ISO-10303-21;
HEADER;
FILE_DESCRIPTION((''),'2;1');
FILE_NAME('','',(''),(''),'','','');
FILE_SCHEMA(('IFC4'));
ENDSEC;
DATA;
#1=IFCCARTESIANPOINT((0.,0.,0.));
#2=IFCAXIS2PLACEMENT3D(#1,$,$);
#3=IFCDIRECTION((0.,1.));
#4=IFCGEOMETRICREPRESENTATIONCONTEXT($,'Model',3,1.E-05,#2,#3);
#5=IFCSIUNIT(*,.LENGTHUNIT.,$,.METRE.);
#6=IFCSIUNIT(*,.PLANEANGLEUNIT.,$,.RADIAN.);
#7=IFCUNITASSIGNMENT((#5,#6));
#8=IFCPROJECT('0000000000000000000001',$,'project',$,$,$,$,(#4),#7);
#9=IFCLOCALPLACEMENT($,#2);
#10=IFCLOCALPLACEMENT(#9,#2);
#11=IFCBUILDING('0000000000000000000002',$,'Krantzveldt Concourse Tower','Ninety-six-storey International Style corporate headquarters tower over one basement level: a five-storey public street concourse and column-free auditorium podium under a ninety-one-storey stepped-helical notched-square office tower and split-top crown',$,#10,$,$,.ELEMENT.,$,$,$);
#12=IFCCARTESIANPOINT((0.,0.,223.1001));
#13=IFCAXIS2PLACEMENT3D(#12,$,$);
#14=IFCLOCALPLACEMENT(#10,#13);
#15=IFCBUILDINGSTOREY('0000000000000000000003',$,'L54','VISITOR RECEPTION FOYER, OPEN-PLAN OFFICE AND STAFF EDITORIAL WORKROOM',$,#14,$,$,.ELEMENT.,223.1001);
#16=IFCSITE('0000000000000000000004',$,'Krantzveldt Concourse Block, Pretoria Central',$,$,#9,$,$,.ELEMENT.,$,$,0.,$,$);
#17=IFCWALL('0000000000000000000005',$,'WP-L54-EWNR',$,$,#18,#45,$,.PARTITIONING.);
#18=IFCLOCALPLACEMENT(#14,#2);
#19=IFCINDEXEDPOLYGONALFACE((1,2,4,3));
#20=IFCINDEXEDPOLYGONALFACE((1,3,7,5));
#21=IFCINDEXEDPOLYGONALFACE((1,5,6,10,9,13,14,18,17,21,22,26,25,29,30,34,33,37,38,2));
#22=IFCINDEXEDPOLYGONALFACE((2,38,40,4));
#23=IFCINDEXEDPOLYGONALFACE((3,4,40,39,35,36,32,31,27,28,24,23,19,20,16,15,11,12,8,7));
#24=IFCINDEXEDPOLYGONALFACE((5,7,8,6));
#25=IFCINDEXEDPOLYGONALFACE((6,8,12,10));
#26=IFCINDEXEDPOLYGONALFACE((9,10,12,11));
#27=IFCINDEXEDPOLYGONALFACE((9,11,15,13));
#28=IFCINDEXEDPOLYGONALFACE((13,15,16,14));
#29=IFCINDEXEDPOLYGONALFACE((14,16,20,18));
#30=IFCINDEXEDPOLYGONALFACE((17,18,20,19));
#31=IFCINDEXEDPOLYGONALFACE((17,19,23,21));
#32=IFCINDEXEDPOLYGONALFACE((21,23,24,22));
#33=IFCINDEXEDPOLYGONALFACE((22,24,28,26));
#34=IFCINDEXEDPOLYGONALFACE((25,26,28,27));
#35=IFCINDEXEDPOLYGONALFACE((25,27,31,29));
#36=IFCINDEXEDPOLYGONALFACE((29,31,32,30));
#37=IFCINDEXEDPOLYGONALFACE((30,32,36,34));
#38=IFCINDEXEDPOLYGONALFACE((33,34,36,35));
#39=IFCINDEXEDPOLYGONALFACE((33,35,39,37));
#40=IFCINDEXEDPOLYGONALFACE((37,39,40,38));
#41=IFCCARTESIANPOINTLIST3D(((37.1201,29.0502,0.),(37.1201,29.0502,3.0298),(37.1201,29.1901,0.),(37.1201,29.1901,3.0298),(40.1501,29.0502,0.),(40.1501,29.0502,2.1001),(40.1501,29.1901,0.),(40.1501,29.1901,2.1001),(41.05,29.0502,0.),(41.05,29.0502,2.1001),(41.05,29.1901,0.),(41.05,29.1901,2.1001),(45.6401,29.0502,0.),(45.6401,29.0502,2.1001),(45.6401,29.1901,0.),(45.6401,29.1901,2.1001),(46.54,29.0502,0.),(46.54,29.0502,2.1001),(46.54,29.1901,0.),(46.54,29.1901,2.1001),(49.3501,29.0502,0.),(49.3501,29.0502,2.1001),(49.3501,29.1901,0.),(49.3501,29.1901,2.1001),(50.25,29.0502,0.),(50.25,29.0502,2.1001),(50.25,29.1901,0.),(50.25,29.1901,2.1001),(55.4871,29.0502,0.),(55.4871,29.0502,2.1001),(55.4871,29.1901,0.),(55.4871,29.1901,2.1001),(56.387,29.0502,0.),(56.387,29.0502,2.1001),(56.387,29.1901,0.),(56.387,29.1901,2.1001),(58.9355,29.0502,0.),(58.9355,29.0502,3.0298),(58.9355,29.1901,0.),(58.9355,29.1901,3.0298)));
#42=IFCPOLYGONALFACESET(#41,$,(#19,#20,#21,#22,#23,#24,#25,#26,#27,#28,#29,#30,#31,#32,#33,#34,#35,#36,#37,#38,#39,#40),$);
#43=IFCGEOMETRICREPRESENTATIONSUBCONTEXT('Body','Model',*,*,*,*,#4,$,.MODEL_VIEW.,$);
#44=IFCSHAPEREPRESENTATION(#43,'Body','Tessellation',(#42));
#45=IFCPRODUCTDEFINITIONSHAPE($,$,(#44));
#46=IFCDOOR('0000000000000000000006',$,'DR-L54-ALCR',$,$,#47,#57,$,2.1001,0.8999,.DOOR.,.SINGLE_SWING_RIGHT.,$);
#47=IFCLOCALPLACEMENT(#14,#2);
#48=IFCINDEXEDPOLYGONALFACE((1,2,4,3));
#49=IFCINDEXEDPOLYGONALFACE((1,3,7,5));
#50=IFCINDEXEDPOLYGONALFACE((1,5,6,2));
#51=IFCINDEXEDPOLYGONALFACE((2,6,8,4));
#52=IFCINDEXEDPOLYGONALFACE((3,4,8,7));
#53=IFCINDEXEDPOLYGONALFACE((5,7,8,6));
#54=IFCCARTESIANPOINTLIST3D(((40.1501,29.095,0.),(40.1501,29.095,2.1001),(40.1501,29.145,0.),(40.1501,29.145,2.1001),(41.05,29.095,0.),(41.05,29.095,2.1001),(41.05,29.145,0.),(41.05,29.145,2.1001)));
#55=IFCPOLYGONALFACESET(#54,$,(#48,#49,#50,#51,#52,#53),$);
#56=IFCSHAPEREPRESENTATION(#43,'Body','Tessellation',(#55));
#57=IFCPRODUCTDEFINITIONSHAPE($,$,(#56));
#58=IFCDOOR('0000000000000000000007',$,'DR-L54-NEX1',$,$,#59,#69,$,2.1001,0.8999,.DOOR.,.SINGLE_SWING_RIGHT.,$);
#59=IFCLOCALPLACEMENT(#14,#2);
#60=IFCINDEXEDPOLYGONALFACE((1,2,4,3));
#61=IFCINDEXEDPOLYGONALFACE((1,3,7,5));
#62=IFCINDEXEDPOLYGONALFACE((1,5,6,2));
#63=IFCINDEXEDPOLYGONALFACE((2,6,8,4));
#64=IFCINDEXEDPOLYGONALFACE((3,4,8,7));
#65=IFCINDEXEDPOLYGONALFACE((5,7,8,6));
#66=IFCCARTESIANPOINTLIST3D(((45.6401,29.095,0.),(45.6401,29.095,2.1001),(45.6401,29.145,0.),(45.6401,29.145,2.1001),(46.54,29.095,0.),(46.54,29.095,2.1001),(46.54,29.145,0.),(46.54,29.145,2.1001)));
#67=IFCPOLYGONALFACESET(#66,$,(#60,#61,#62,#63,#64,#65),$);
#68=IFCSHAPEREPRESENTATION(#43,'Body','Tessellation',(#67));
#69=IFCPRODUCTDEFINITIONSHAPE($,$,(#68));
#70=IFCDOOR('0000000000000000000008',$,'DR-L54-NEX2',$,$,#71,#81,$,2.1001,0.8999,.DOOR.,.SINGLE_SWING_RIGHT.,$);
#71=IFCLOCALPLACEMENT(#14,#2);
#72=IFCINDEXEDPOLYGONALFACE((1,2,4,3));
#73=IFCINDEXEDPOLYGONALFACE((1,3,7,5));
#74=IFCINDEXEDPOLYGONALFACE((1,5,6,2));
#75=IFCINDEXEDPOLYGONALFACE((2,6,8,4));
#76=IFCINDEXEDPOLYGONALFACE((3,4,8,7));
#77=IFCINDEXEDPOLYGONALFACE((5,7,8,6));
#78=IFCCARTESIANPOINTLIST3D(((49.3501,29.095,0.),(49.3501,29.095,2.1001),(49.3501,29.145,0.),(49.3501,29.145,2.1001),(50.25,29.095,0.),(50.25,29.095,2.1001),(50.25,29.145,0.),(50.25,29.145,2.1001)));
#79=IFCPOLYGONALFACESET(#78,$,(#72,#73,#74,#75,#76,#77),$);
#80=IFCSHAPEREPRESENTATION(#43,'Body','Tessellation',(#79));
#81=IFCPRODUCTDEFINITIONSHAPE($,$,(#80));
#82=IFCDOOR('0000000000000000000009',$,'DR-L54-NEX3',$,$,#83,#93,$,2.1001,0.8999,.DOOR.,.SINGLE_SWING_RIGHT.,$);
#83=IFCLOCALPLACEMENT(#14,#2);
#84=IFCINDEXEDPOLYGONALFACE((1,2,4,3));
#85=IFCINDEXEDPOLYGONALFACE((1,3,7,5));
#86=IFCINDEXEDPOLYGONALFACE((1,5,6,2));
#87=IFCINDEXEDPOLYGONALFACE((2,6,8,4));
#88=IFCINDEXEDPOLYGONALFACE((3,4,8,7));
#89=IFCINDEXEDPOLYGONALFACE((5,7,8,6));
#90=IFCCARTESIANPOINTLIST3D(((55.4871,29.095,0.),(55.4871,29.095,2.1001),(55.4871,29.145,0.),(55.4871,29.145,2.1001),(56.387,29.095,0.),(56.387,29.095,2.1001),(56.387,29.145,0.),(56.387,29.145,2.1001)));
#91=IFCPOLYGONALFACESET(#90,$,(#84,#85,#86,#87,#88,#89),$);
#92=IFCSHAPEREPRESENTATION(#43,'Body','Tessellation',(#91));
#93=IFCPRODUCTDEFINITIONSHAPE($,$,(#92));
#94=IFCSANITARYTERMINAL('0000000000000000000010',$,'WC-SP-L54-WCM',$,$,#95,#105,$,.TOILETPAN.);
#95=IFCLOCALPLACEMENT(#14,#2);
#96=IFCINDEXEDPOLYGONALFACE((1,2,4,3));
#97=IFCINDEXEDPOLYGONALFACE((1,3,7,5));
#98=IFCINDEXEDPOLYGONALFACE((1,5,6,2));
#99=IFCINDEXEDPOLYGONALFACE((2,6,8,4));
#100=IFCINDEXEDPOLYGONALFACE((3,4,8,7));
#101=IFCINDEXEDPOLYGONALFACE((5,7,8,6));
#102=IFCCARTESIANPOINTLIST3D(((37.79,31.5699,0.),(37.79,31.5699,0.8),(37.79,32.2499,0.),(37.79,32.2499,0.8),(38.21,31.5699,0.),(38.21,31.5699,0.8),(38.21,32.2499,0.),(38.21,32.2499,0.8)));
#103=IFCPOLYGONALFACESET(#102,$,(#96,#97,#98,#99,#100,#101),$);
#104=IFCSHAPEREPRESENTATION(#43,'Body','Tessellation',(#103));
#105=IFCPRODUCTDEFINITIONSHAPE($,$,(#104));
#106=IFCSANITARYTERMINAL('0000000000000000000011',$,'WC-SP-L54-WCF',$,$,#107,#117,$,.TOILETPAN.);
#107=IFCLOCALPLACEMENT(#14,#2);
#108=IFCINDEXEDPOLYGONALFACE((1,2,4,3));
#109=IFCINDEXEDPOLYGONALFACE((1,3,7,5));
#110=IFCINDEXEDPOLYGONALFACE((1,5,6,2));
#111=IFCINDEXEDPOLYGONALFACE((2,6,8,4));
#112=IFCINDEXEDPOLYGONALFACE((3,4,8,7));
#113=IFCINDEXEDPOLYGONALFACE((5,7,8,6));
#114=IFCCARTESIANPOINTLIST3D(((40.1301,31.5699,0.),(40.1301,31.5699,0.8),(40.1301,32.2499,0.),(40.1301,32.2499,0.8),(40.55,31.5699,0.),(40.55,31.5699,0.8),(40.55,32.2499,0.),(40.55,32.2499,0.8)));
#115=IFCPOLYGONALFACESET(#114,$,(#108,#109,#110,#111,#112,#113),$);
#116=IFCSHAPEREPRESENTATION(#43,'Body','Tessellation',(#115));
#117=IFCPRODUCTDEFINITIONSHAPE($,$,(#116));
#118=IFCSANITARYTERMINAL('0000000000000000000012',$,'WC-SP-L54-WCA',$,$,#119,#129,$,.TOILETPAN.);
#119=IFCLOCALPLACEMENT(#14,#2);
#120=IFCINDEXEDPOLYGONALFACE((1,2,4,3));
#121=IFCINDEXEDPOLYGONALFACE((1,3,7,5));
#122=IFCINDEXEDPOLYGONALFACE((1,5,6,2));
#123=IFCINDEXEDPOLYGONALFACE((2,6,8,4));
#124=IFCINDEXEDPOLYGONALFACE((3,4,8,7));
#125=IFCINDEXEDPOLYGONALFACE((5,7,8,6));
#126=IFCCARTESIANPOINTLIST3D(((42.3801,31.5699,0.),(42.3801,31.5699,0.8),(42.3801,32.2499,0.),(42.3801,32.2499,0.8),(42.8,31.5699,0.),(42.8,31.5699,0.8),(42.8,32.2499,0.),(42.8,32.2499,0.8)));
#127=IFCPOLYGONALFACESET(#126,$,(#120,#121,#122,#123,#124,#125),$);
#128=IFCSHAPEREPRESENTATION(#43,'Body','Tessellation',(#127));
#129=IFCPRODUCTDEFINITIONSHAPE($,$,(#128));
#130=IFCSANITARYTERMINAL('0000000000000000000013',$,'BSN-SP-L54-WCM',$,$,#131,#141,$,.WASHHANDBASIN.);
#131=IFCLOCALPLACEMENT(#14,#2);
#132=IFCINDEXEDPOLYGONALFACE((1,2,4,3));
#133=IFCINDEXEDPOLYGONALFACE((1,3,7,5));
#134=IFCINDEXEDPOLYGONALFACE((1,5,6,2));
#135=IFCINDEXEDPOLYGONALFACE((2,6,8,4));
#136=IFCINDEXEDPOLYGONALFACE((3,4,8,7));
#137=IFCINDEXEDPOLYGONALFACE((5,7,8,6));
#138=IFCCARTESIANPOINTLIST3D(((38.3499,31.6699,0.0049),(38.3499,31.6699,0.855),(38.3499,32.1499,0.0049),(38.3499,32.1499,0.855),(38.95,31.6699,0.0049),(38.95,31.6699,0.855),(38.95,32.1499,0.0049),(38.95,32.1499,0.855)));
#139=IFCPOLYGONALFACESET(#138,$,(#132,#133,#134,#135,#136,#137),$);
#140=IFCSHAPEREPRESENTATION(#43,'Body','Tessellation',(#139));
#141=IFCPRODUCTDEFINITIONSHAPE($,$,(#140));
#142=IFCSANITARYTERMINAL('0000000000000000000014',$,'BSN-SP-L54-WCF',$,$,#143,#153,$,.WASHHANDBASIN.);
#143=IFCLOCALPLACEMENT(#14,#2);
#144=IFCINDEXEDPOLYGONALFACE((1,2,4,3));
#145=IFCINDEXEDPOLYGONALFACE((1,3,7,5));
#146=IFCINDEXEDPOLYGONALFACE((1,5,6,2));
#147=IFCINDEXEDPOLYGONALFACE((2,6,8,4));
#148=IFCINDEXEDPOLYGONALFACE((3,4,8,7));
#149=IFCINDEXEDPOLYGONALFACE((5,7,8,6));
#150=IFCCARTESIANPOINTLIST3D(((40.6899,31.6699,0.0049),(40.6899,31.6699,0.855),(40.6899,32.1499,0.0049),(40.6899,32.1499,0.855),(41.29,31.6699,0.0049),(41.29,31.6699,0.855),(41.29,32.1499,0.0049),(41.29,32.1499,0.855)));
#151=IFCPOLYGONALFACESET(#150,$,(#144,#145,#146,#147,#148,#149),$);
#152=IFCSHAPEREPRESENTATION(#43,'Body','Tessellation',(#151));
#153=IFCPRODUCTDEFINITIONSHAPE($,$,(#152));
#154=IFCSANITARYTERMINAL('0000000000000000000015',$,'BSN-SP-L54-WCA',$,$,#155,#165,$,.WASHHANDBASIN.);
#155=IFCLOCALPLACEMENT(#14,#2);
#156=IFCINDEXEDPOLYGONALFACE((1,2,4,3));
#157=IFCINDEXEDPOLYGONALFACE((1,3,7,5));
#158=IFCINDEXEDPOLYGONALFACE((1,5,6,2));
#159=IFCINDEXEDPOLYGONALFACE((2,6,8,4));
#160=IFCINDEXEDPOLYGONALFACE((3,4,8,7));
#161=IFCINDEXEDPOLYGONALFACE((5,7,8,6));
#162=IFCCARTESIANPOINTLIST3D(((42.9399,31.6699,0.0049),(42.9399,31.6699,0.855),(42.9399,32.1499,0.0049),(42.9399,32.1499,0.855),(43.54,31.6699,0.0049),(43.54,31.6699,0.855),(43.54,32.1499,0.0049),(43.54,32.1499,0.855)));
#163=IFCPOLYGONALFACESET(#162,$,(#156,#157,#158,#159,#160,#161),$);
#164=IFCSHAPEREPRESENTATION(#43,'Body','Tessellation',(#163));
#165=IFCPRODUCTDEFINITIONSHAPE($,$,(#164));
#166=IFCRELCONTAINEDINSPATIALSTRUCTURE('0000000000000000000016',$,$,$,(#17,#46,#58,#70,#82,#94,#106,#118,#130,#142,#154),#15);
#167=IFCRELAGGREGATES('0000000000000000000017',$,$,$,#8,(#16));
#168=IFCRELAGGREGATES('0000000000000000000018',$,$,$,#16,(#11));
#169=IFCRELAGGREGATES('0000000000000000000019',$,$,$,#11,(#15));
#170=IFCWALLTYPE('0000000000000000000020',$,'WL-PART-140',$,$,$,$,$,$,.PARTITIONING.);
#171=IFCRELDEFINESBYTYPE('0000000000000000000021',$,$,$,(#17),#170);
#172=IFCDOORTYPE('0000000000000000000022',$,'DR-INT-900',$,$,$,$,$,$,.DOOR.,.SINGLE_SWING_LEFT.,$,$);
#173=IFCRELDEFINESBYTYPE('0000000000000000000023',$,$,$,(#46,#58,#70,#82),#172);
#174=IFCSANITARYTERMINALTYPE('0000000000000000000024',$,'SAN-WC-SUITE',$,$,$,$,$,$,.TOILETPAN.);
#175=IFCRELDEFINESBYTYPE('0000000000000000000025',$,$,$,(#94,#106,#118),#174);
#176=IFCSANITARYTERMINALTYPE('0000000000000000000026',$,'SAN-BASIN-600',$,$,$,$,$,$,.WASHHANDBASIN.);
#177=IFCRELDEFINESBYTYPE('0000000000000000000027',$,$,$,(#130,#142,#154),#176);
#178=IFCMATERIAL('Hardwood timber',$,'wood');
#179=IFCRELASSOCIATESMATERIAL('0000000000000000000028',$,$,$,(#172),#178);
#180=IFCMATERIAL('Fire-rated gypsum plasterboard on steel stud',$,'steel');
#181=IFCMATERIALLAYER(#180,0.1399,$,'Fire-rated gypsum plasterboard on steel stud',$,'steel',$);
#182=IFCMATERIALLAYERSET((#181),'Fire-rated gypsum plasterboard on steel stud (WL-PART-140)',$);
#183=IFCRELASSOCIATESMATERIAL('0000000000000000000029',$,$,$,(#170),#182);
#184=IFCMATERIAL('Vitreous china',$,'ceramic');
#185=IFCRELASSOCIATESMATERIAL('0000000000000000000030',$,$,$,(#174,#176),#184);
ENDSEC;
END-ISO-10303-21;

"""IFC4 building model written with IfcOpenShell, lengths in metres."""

from ifc_helpers import new_model, si_unit, direction, frame, frame_2d, origin, origin_2d, place, context, subcontext, project, spatial, rectangle, extrude, source, transform, mapped, material, layer, layer_set, type_object, type_shapes, element, fill, save


model = new_model("IFC4")

# Units and contexts
model_context = context("Model", 3, precision=1e-05, world=origin(), true_north=direction((0.0, 1.0)))
body_context = subcontext(model_context, "Body", "Model", "MODEL_VIEW")
ifc_project = project(units=[si_unit("LENGTHUNIT", "METRE"), si_unit("PLANEANGLEUNIT", "RADIAN")], contexts=[model_context])

# Site, building, storey
site_placement = place(None, origin())
site = spatial("IfcSite", under=ifc_project, at=site_placement, Name="Krantzveldt Concourse Block, Pretoria Central", CompositionType="ELEMENT", RefElevation=0.0)
building_placement = place(site_placement, origin())
building = spatial("IfcBuilding", under=site, at=building_placement, Name="Krantzveldt Concourse Tower", Description="Ninety-six-storey International Style corporate headquarters tower over one basement level: a five-storey public street concourse and column-free auditorium podium under a ninety-one-storey stepped-helical notched-square office tower and split-top crown", CompositionType="ELEMENT")
storey_placement = place(building_placement, frame((0.0, 0.0, 223.1001)))
storey = spatial("IfcBuildingStorey", under=building, at=storey_placement, Name="L54", Description="VISITOR RECEPTION FOYER, OPEN-PLAN OFFICE AND STAFF EDITORIAL WORKROOM", CompositionType="ELEMENT", Elevation=223.1001)

# Shared definitions
ifc_material_1 = material(Name="Fire-rated gypsum plasterboard on steel stud", Category="steel")

# Shared definitions
ifc_material_2 = material(Name="Hardwood timber", Category="wood")
door_type_1 = type_object("IfcDoorType", Name="DR-INT-900", OperationType="SINGLE_SWING_LEFT", PredefinedType="DOOR", material=ifc_material_2)

# Wall, openings, doors
ifc_layer_1 = layer(ifc_material_1, 0.1399, Name="Fire-rated gypsum plasterboard on steel stud", Category="steel")
ifc_layer_set_1 = layer_set([ifc_layer_1], Name="Fire-rated gypsum plasterboard on steel stud (WL-PART-140)")
wall_type_1 = type_object("IfcWallType", Name="WL-PART-140", PredefinedType="PARTITIONING", material=ifc_layer_set_1)
wall_1_placement = place(storey_placement, frame((37.1201, 29.1201, 0.0), z_axis=(0.0, 0.0, 1.0), x_axis=(1.0, 0.0, 0.0)))
wall_1 = element("IfcWall", 1, at=wall_1_placement, inside=storey, type_object=wall_type_1, Name="WP-L54-EWNR", PredefinedType="PARTITIONING", context=body_context, shape_type="SweptSolid", body=[
    extrude(rectangle(XDim=21.8154, YDim=0.1399, at=frame_2d((10.9077, 0.0))), origin(), (0.0, 0.0, 1.0), 3.0298),
])
opening_1_placement = place(wall_1_placement, frame((3.03, 0.0, 0.0)))
opening_1 = element("IfcOpeningElement", 2, at=opening_1_placement, cuts=wall_1, PredefinedType="OPENING", context=body_context, shape_type="SweptSolid", body=[
    extrude(rectangle(XDim=0.8999, YDim=2.1001, at=frame_2d((0.45, 1.05))), frame((0.0, 0.0801, 0.0), z_axis=(0.0, -1.0, 0.0), x_axis=(1.0, 0.0, 0.0)), (0.0, 0.0, 1.0), 0.1599),
])
opening_2_placement = place(wall_1_placement, frame((8.52, 0.0, 0.0)))
opening_2 = element("IfcOpeningElement", 3, at=opening_2_placement, cuts=wall_1, PredefinedType="OPENING", context=body_context, shape_type="SweptSolid", body=[
    extrude(rectangle(XDim=0.8999, YDim=2.1001, at=frame_2d((0.45, 1.05))), frame((0.0, 0.0801, 0.0), z_axis=(0.0, -1.0, 0.0), x_axis=(1.0, 0.0, 0.0)), (0.0, 0.0, 1.0), 0.1599),
])
opening_3_placement = place(wall_1_placement, frame((12.23, 0.0, 0.0)))
opening_3 = element("IfcOpeningElement", 4, at=opening_3_placement, cuts=wall_1, PredefinedType="OPENING", context=body_context, shape_type="SweptSolid", body=[
    extrude(rectangle(XDim=0.8999, YDim=2.1001, at=frame_2d((0.45, 1.05))), frame((0.0, 0.0801, 0.0), z_axis=(0.0, -1.0, 0.0), x_axis=(1.0, 0.0, 0.0)), (0.0, 0.0, 1.0), 0.1599),
])
opening_4_placement = place(wall_1_placement, frame((18.3669, 0.0, 0.0)))
opening_4 = element("IfcOpeningElement", 5, at=opening_4_placement, cuts=wall_1, PredefinedType="OPENING", context=body_context, shape_type="SweptSolid", body=[
    extrude(rectangle(XDim=0.8999, YDim=2.1001, at=frame_2d((0.45, 1.05))), frame((0.0, 0.0801, 0.0), z_axis=(0.0, -1.0, 0.0), x_axis=(1.0, 0.0, 0.0)), (0.0, 0.0, 1.0), 0.1599),
])
door_1_placement = place(opening_1_placement, origin())
door_1 = element("IfcDoor", 6, at=door_1_placement, inside=storey, type_object=door_type_1, Name="DR-L54-ALCR", OperationType="SINGLE_SWING_RIGHT", OverallHeight=2.1001, OverallWidth=0.8999, PredefinedType="DOOR", context=body_context, shape_type="SweptSolid", body=[
    extrude(rectangle(XDim=0.8999, YDim=2.1001, at=frame_2d((0.45, 1.05))), frame((0.0, 0.0249, 0.0), z_axis=(0.0, -1.0, 0.0), x_axis=(1.0, 0.0, 0.0)), (0.0, 0.0, 1.0), 0.05),
])
fill(opening_1, door_1)
door_2_placement = place(opening_2_placement, origin())
door_2 = element("IfcDoor", 7, at=door_2_placement, inside=storey, type_object=door_type_1, Name="DR-L54-NEX1", OperationType="SINGLE_SWING_RIGHT", OverallHeight=2.1001, OverallWidth=0.8999, PredefinedType="DOOR", context=body_context, shape_type="SweptSolid", body=[
    extrude(rectangle(XDim=0.8999, YDim=2.1001, at=frame_2d((0.45, 1.05))), frame((0.0, 0.0249, 0.0), z_axis=(0.0, -1.0, 0.0), x_axis=(1.0, 0.0, 0.0)), (0.0, 0.0, 1.0), 0.05),
])
fill(opening_2, door_2)
door_3_placement = place(opening_3_placement, origin())
door_3 = element("IfcDoor", 8, at=door_3_placement, inside=storey, type_object=door_type_1, Name="DR-L54-NEX2", OperationType="SINGLE_SWING_RIGHT", OverallHeight=2.1001, OverallWidth=0.8999, PredefinedType="DOOR", context=body_context, shape_type="SweptSolid", body=[
    extrude(rectangle(XDim=0.8999, YDim=2.1001, at=frame_2d((0.45, 1.05))), frame((0.0, 0.0249, 0.0), z_axis=(0.0, -1.0, 0.0), x_axis=(1.0, 0.0, 0.0)), (0.0, 0.0, 1.0), 0.05),
])
fill(opening_3, door_3)
door_4_placement = place(opening_4_placement, origin())
door_4 = element("IfcDoor", 9, at=door_4_placement, inside=storey, type_object=door_type_1, Name="DR-L54-NEX3", OperationType="SINGLE_SWING_RIGHT", OverallHeight=2.1001, OverallWidth=0.8999, PredefinedType="DOOR", context=body_context, shape_type="SweptSolid", body=[
    extrude(rectangle(XDim=0.8999, YDim=2.1001, at=frame_2d((0.45, 1.05))), frame((0.0, 0.0249, 0.0), z_axis=(0.0, -1.0, 0.0), x_axis=(1.0, 0.0, 0.0)), (0.0, 0.0, 1.0), 0.05),
])
fill(opening_4, door_4)

# Sanitary terminals
ifc_material_3 = material(Name="Vitreous china", Category="ceramic")
sanitary_terminal_type_1 = type_object("IfcSanitaryTerminalType", Name="SAN-WC-SUITE", PredefinedType="TOILETPAN", material=ifc_material_3)
shared_shape_1 = source(origin(), body_context, "Body", "SweptSolid", [
    extrude(rectangle(XDim=0.4199, YDim=0.6799, at=origin_2d()), origin(), (0.0, 0.0, 1.0), 0.8),
])
type_shapes(sanitary_terminal_type_1, [shared_shape_1])
for number, where, z_axis, x_axis, name in (
    (10, (38.0, 31.9099, 0.0), (0.0, 0.0, 1.0), (1.0, 0.0, 0.0), "WC-SP-L54-WCM"),
    (11, (40.3401, 31.9099, 0.0), (0.0, 0.0, 1.0), (1.0, 0.0, 0.0), "WC-SP-L54-WCF"),
    (12, (42.5901, 31.9099, 0.0), (0.0, 0.0, 1.0), (1.0, 0.0, 0.0), "WC-SP-L54-WCA"),
):
    element("IfcSanitaryTerminal", number, at=place(storey_placement, frame(where, z_axis=z_axis, x_axis=x_axis)), inside=storey, type_object=sanitary_terminal_type_1, Name=name, PredefinedType="TOILETPAN", context=body_context, shape_type="MappedRepresentation", body=[
        mapped(shared_shape_1, transform((0.0, 0.0, 0.0), x_axis=(1.0, 0.0, 0.0), y_axis=(0.0, 1.0, 0.0), z_axis=(0.0, 0.0, 1.0), scale=1.0)),
    ])
sanitary_terminal_type_2 = type_object("IfcSanitaryTerminalType", Name="SAN-BASIN-600", PredefinedType="WASHHANDBASIN", material=ifc_material_3)
shared_shape_2 = source(origin(), body_context, "Body", "SweptSolid", [
    extrude(rectangle(XDim=0.6001, YDim=0.48, at=origin_2d()), origin(), (0.0, 0.0, 1.0), 0.8501),
])
type_shapes(sanitary_terminal_type_2, [shared_shape_2])
for number, where, z_axis, x_axis, name in (
    (13, (38.6499, 31.9099, 0.0049), (0.0, 0.0, 1.0), (1.0, 0.0, 0.0), "BSN-SP-L54-WCM"),
    (14, (40.99, 31.9099, 0.0049), (0.0, 0.0, 1.0), (1.0, 0.0, 0.0), "BSN-SP-L54-WCF"),
    (15, (43.24, 31.9099, 0.0049), (0.0, 0.0, 1.0), (1.0, 0.0, 0.0), "BSN-SP-L54-WCA"),
):
    element("IfcSanitaryTerminal", number, at=place(storey_placement, frame(where, z_axis=z_axis, x_axis=x_axis)), inside=storey, type_object=sanitary_terminal_type_2, Name=name, PredefinedType="WASHHANDBASIN", context=body_context, shape_type="MappedRepresentation", body=[
        mapped(shared_shape_2, transform((0.0, 0.0, 0.0), x_axis=(1.0, 0.0, 0.0), y_axis=(0.0, 1.0, 0.0), z_axis=(0.0, 0.0, 1.0), scale=1.0)),
    ])

save(model, "model.ifc")
